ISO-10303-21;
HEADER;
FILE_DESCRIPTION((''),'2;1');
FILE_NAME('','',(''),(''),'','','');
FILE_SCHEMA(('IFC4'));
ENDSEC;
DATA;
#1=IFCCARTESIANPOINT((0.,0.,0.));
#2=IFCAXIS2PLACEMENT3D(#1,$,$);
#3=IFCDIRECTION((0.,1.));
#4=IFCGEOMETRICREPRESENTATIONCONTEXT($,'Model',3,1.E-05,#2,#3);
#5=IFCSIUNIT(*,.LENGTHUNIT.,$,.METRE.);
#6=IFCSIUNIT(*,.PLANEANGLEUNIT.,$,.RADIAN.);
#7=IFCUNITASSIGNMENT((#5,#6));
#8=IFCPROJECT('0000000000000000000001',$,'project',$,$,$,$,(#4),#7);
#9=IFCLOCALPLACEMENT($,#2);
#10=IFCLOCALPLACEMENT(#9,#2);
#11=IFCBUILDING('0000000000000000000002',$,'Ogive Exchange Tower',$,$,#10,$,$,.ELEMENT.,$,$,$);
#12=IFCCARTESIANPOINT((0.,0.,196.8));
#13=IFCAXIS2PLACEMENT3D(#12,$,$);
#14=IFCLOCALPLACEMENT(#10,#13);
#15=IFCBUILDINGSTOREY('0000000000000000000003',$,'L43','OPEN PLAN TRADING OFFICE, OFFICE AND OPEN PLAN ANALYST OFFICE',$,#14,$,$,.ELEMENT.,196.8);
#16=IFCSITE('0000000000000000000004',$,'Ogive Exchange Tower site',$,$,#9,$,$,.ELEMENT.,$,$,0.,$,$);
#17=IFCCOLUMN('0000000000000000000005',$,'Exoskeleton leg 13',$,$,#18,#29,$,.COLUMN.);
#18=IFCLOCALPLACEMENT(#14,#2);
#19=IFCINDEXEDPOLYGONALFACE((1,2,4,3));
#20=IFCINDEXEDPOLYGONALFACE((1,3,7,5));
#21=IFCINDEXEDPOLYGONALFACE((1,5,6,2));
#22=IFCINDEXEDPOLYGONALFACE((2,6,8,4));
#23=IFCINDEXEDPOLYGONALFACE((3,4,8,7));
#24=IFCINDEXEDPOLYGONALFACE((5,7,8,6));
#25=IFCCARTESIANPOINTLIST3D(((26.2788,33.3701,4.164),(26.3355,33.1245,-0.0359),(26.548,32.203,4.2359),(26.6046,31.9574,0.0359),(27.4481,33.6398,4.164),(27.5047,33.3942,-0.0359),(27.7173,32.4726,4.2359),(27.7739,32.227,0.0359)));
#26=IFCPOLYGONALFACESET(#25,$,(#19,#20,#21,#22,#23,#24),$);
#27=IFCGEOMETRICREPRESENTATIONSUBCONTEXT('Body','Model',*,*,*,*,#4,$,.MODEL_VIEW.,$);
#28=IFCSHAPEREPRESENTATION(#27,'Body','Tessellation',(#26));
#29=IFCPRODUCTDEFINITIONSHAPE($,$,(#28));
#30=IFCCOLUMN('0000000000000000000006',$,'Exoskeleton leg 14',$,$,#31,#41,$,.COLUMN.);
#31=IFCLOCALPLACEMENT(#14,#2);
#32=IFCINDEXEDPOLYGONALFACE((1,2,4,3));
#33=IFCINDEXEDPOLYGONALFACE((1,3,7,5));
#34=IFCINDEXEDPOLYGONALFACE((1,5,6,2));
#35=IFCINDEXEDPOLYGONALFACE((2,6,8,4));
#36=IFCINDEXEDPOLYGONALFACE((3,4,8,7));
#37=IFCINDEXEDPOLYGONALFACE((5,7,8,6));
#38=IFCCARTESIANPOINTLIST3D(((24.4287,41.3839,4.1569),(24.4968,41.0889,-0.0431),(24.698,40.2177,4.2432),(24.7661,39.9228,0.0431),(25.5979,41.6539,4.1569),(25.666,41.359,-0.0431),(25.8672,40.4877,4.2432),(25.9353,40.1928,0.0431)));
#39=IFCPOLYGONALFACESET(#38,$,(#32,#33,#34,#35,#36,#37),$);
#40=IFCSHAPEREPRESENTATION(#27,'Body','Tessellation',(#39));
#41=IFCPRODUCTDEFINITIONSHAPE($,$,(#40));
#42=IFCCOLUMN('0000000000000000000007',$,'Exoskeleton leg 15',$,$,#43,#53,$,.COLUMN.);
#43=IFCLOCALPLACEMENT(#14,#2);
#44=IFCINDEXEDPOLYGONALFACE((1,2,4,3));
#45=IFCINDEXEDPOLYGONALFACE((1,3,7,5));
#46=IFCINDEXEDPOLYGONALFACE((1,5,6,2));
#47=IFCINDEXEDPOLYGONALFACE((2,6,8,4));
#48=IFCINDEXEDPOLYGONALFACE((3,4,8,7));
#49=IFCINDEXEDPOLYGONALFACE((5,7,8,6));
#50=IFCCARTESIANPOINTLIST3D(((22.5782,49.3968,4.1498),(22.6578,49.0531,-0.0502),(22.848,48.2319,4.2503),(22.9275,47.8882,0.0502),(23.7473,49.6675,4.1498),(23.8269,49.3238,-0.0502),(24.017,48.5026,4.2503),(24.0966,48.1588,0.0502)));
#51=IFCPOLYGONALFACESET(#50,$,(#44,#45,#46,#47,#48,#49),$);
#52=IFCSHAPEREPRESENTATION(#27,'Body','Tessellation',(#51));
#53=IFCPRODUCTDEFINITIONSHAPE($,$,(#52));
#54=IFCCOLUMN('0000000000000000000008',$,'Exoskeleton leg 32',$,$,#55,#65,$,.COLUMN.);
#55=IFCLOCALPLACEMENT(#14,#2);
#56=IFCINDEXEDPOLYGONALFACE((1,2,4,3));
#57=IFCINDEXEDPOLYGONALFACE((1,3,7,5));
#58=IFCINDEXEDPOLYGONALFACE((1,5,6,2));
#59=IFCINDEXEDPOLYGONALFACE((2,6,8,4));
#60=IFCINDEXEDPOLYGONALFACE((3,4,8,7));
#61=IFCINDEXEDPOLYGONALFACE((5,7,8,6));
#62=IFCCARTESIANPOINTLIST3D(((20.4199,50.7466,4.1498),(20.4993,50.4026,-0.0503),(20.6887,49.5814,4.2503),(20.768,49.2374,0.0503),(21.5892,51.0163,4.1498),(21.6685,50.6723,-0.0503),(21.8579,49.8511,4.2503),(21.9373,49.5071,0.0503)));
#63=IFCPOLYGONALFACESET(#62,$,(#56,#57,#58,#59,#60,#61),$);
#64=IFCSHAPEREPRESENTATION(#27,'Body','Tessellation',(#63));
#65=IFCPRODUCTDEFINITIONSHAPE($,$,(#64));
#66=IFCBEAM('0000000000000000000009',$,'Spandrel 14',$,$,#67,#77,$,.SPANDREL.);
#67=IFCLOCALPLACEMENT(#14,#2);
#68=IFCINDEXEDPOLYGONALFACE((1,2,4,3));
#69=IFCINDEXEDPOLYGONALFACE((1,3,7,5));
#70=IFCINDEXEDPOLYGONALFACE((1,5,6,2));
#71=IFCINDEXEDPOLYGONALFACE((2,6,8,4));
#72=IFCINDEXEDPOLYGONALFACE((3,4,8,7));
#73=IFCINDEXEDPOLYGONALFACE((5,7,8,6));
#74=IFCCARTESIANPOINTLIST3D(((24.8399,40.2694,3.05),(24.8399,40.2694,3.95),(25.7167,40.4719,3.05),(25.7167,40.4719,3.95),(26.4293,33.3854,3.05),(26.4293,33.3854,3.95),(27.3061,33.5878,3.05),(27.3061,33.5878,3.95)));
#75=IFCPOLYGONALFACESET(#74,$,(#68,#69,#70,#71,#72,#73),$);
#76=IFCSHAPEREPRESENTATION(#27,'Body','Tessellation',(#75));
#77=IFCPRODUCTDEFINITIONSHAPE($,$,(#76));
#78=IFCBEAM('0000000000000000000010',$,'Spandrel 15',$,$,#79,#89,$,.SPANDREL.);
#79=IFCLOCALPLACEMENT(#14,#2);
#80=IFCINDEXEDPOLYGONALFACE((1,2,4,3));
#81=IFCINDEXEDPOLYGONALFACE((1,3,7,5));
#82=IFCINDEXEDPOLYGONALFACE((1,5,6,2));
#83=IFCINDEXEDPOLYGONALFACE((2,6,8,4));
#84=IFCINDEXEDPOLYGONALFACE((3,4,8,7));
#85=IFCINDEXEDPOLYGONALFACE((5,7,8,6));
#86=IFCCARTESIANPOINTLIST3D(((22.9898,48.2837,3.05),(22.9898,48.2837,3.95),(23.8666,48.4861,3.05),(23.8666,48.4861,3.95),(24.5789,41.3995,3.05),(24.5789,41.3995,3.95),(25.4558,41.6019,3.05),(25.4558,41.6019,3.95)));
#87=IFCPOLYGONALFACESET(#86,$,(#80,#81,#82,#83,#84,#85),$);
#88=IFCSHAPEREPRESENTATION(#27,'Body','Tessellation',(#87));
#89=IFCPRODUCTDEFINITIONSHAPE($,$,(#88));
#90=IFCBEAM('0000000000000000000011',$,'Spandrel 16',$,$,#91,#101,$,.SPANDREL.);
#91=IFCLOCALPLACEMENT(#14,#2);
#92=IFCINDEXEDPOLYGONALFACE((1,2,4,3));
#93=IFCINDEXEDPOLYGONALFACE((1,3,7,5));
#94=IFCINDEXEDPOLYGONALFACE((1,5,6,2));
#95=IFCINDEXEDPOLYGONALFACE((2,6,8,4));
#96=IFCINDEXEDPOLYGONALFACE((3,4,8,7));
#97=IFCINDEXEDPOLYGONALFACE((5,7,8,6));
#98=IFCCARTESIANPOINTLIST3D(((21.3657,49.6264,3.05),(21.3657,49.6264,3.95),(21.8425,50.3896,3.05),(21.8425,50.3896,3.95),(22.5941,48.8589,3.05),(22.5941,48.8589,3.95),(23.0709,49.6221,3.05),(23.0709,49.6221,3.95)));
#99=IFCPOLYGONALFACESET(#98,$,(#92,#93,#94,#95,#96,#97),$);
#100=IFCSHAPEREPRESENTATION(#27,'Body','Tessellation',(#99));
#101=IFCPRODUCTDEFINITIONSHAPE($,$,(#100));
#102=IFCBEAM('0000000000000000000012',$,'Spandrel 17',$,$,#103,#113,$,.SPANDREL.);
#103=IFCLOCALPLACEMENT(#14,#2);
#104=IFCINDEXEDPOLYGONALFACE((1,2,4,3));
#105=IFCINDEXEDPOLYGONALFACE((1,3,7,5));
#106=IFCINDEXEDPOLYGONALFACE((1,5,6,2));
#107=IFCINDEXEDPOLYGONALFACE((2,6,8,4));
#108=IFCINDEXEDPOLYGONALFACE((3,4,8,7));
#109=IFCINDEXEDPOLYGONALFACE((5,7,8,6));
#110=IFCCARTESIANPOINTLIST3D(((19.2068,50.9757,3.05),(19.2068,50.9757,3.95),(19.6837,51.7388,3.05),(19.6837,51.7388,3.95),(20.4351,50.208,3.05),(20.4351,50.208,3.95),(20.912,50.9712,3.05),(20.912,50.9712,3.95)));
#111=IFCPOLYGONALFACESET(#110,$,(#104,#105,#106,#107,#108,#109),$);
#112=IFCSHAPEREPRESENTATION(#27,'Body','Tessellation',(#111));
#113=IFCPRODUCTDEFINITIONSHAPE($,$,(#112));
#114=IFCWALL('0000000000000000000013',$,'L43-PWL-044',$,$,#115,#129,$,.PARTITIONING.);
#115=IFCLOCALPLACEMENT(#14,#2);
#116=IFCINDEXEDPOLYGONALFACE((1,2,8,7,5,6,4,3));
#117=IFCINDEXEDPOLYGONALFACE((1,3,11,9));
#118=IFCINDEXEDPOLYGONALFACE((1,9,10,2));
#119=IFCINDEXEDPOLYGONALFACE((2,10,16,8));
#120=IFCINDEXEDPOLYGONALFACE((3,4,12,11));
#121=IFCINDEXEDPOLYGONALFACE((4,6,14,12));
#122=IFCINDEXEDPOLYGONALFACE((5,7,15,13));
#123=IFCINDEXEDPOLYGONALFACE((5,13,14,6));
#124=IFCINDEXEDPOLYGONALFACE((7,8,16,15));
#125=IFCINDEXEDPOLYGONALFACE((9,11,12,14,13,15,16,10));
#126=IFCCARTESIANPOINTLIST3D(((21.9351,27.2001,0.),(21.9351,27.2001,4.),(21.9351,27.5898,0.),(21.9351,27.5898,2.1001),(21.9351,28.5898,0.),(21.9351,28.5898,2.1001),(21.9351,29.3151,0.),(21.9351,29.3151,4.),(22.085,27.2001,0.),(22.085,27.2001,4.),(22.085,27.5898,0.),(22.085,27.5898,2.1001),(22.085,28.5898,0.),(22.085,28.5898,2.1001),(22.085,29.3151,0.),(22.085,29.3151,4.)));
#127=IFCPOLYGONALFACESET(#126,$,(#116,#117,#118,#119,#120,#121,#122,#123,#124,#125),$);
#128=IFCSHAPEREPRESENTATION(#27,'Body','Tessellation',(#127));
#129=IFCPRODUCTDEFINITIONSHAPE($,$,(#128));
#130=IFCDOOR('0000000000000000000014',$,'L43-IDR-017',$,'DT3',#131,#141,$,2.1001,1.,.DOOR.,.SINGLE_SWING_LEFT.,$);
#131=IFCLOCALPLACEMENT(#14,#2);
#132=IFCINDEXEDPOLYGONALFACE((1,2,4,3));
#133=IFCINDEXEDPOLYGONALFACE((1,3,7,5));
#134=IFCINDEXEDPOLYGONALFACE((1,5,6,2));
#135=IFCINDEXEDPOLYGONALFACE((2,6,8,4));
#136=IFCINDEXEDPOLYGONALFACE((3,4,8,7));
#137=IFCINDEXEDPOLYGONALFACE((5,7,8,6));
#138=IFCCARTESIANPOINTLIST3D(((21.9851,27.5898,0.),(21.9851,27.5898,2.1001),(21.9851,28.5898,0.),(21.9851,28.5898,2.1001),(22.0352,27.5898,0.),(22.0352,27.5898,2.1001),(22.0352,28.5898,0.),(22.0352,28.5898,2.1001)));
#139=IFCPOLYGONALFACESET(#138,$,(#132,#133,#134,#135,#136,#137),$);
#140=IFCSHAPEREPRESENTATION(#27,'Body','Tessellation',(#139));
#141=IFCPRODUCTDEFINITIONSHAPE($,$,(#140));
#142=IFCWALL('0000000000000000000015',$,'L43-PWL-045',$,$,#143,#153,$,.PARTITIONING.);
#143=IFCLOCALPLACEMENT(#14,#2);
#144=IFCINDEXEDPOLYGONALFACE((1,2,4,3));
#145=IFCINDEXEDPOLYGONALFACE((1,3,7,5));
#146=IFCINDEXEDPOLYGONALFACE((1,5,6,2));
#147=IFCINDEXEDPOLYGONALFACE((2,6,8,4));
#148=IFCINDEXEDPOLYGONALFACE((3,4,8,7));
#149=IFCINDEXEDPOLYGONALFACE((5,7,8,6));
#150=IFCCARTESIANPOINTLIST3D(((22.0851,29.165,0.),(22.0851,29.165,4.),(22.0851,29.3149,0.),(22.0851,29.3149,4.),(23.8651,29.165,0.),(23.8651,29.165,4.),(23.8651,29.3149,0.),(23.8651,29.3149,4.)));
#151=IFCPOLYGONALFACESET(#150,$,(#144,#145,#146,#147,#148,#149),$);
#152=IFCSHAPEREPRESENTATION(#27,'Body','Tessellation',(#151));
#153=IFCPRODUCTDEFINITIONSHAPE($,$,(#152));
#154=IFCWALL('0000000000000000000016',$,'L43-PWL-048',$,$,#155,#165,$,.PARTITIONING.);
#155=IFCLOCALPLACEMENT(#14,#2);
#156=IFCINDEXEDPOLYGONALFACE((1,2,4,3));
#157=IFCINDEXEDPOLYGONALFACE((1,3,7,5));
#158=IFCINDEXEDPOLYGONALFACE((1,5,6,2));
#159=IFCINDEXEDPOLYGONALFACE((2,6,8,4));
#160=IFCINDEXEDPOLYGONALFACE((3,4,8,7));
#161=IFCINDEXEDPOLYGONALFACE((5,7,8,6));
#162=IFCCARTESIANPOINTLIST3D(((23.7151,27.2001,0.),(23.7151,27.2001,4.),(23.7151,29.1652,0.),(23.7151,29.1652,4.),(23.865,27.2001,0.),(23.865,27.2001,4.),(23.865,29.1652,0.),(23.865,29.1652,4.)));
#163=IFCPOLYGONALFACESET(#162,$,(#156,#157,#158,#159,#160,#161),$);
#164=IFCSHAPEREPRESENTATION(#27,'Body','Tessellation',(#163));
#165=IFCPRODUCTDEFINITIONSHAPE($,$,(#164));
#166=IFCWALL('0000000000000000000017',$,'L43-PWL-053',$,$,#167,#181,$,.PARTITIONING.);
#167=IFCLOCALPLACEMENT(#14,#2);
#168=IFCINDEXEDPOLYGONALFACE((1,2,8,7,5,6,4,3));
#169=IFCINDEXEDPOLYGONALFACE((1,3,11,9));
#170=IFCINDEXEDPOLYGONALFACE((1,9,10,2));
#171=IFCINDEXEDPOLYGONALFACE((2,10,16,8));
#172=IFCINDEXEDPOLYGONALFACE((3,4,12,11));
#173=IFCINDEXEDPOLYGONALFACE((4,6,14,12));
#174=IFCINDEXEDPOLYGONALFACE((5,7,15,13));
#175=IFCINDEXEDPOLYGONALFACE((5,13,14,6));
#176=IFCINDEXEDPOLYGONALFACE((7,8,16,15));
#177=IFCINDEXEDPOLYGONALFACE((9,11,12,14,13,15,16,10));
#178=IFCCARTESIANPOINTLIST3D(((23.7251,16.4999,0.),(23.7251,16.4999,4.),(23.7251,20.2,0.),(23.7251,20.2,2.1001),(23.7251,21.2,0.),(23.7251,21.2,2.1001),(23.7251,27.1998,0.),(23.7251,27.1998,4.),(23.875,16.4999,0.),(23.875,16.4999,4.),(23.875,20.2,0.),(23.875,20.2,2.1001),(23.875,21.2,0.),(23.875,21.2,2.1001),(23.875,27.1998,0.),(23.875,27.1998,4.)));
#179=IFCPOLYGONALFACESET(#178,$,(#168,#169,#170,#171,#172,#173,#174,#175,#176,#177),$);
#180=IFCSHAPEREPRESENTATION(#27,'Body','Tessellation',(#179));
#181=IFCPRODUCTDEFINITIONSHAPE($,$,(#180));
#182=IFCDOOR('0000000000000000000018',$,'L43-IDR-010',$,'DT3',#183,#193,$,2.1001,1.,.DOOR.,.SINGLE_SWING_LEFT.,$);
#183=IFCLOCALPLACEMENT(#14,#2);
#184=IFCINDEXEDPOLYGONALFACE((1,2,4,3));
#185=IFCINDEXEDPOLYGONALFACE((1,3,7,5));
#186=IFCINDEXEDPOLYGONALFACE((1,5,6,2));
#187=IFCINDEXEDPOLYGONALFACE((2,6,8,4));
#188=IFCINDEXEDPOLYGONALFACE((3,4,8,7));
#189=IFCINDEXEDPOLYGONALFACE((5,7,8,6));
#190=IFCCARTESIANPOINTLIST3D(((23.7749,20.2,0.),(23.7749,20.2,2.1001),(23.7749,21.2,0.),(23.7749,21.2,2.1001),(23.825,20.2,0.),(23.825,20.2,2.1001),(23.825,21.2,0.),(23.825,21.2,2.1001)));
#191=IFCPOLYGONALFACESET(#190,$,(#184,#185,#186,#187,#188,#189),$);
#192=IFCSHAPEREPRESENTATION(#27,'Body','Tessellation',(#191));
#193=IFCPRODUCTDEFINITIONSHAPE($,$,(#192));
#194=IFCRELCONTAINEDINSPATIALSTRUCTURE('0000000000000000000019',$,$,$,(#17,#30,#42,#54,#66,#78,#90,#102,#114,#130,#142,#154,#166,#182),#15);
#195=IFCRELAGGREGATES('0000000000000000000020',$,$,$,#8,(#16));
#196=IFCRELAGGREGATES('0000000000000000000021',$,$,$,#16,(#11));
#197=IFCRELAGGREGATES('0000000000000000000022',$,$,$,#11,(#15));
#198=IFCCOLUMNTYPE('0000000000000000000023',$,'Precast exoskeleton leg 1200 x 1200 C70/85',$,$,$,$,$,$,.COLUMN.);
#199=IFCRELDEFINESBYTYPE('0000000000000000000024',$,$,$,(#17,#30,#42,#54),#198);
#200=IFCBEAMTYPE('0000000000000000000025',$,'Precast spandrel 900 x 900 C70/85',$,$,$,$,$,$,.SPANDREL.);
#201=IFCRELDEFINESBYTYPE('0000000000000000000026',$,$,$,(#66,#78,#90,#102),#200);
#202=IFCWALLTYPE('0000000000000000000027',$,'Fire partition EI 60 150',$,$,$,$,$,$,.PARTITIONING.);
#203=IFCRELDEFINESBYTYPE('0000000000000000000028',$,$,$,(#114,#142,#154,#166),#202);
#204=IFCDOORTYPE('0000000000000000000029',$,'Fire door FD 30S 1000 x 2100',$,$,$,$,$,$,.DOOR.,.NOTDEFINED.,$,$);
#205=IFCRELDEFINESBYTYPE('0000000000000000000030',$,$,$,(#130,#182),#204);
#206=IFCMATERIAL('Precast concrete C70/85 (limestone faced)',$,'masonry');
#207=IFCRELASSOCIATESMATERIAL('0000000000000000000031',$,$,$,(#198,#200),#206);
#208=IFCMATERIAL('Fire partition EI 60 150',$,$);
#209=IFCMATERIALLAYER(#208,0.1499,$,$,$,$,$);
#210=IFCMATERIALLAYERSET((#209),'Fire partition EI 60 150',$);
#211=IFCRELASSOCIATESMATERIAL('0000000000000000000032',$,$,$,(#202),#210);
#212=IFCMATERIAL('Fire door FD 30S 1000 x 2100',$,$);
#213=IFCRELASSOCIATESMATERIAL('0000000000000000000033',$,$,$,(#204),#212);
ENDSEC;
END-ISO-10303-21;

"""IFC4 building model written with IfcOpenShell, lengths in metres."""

from ifc_helpers import new_model, si_unit, direction, frame, frame_2d, origin, origin_2d, place, context, subcontext, project, spatial, rectangle, extrude, material, layer, layer_set, material_profile, profile_set, type_object, element, fill, save


model = new_model("IFC4")

# Units and contexts
model_context = context("Model", 3, precision=1e-05, world=origin(), true_north=direction((0.0, 1.0)))
body_context = subcontext(model_context, "Body", "Model", "MODEL_VIEW")
ifc_project = project(units=[si_unit("LENGTHUNIT", "METRE"), si_unit("PLANEANGLEUNIT", "RADIAN")], contexts=[model_context])

# Site, building, storey
site_placement = place(None, origin())
site = spatial("IfcSite", under=ifc_project, at=site_placement, Name="Ogive Exchange Tower site", CompositionType="ELEMENT", RefElevation=0.0)
building_placement = place(site_placement, origin())
building = spatial("IfcBuilding", under=site, at=building_placement, Name="Ogive Exchange Tower", CompositionType="ELEMENT")
storey_placement = place(building_placement, frame((0.0, 0.0, 196.8)))
storey = spatial("IfcBuildingStorey", under=building, at=storey_placement, Name="L43", Description="OPEN PLAN TRADING OFFICE, OFFICE AND OPEN PLAN ANALYST OFFICE", CompositionType="ELEMENT", Elevation=196.8)

# Columns
ifc_material_1 = material(Name="Precast concrete C70/85 (limestone faced)", Category="masonry")
ifc_material_profile_1 = material_profile(ifc_material_1, rectangle(XDim=1.2, YDim=1.2, at=origin_2d()), Name="1200 x 1200")
ifc_profile_set_1 = profile_set([ifc_material_profile_1], Name="Precast concrete C70/85 (limestone faced)")
column_type = type_object("IfcColumnType", Name="Precast exoskeleton leg 1200 x 1200 C70/85", PredefinedType="COLUMN", material=ifc_profile_set_1)
column_1_placement = place(storey_placement, frame((27.0547, 32.6758, 0.0), z_axis=(-0.013462, 0.058373, 0.998204), x_axis=(-0.974424, -0.224718, 0.0)))
element("IfcColumn", 1, at=column_1_placement, inside=storey, type_object=column_type, Name="Exoskeleton leg 13", PredefinedType="COLUMN", context=body_context, shape_type="SweptSolid", body=[
    extrude(rectangle(XDim=1.2, YDim=1.2, at=origin_2d()), origin(), (0.0, 0.0, 1.0), 4.2075),
])
column_2_placement = place(storey_placement, frame((25.2161, 40.6409, 0.0), z_axis=(-0.016176, 0.070039, 0.997413), x_axis=(-0.97435, -0.225036, 0.0)))
element("IfcColumn", 2, at=column_2_placement, inside=storey, type_object=column_type, Name="Exoskeleton leg 14", PredefinedType="COLUMN", context=body_context, shape_type="SweptSolid", body=[
    extrude(rectangle(XDim=1.2, YDim=1.2, at=origin_2d()), origin(), (0.0, 0.0, 1.0), 4.2109),
])
for number, where, z_axis, x_axis, name in (
    (3, (23.3772, 48.606, 0.0), (-0.018884, 0.081559, 0.99649), (-0.974228, -0.225567, 0.0), "Exoskeleton leg 15"),
    (4, (21.2183, 49.9548, 0.0), (-0.018826, 0.081617, 0.996486), (-0.974415, -0.224758, 0.0), "Exoskeleton leg 32"),
):
    element("IfcColumn", number, at=place(storey_placement, frame(where, z_axis=z_axis, x_axis=x_axis)), inside=storey, type_object=column_type, Name=name, PredefinedType="COLUMN", context=body_context, shape_type="SweptSolid", body=[
        extrude(rectangle(XDim=1.2, YDim=1.2, at=origin_2d()), origin(), (0.0, 0.0, 1.0), 4.2148),
    ])

# Beams
ifc_material_profile_2 = material_profile(ifc_material_1, rectangle(XDim=0.8999, YDim=0.8999, at=origin_2d()), Name="900 x 900")
ifc_profile_set_2 = profile_set([ifc_material_profile_2], Name="Precast concrete C70/85 (limestone faced)")
beam_type = type_object("IfcBeamType", Name="Precast spandrel 900 x 900 C70/85", PredefinedType="SPANDREL", material=ifc_profile_set_2)
for number, where, z_axis, x_axis, name in (
    (5, (26.8677, 33.4866, 3.5), (-0.224958, 0.974368, 0.0), (-0.974368, -0.224958, 0.0), "Spandrel 14"),
    (6, (25.0173, 41.5007, 3.5), (-0.224925, 0.974376, 0.0), (-0.974376, -0.224925, 0.0), "Spandrel 15"),
):
    element("IfcBeam", number, at=place(storey_placement, frame(where, z_axis=z_axis, x_axis=x_axis)), inside=storey, type_object=beam_type, Name=name, PredefinedType="SPANDREL", context=body_context, shape_type="SweptSolid", body=[
        extrude(rectangle(XDim=0.8999, YDim=0.8999, at=origin_2d()), origin(), (0.0, 0.0, 1.0), 7.0652),
    ])
for number, where, z_axis, x_axis, name in (
    (7, (22.8325, 49.2405, 3.5), (-0.848074, 0.529878, 0.0), (-0.529878, -0.848074, 0.0), "Spandrel 16"),
    (8, (20.6736, 50.5896, 3.5), (-0.848027, 0.529953, 0.0), (-0.529953, -0.848027, 0.0), "Spandrel 17"),
):
    element("IfcBeam", number, at=place(storey_placement, frame(where, z_axis=z_axis, x_axis=x_axis)), inside=storey, type_object=beam_type, Name=name, PredefinedType="SPANDREL", context=body_context, shape_type="SweptSolid", body=[
        extrude(rectangle(XDim=0.8999, YDim=0.8999, at=origin_2d()), origin(), (0.0, 0.0, 1.0), 1.4485),
    ])

# Wall, opening, door
ifc_material_2 = material(Name="Fire partition EI 60 150")
ifc_layer_1 = layer(ifc_material_2, 0.1499)
ifc_layer_set_1 = layer_set([ifc_layer_1], Name="Fire partition EI 60 150")
wall_type_1 = type_object("IfcWallType", Name="Fire partition EI 60 150", PredefinedType="PARTITIONING", material=ifc_layer_set_1)
wall_1_placement = place(storey_placement, frame((22.01, 27.2, 0.0), z_axis=(0.0, 0.0, 1.0), x_axis=(0.0, 1.0, 0.0)))
wall_1 = element("IfcWall", 9, at=wall_1_placement, inside=storey, type_object=wall_type_1, Name="L43-PWL-044", PredefinedType="PARTITIONING", context=body_context, shape_type="SweptSolid", body=[
    extrude(rectangle(XDim=2.115, YDim=0.1499, at=frame_2d((1.0576, 0.0))), origin(), (0.0, 0.0, 1.0), 4.0),
])
opening_1_placement = place(wall_1_placement, frame((0.3899, 0.0, 0.0)))
opening_1 = element("IfcOpeningElement", 10, at=opening_1_placement, cuts=wall_1, PredefinedType="OPENING", context=body_context, shape_type="SweptSolid", body=[
    extrude(rectangle(XDim=1.0, YDim=2.1001, at=frame_2d((0.5, 1.05))), frame((0.0, 0.085, 0.0), z_axis=(0.0, -1.0, 0.0), x_axis=(1.0, 0.0, 0.0)), (0.0, 0.0, 1.0), 0.1699),
])
ifc_material_3 = material(Name="Fire door FD 30S 1000 x 2100")
door_type = type_object("IfcDoorType", Name="Fire door FD 30S 1000 x 2100", OperationType="NOTDEFINED", PredefinedType="DOOR", material=ifc_material_3)
door_1_placement = place(opening_1_placement, origin())
door_1 = element("IfcDoor", 11, at=door_1_placement, inside=storey, type_object=door_type, Name="L43-IDR-017", ObjectType="DT3", OperationType="SINGLE_SWING_LEFT", OverallHeight=2.1001, OverallWidth=1.0, PredefinedType="DOOR", context=body_context, shape_type="SweptSolid", body=[
    extrude(rectangle(XDim=1.0, YDim=2.1001, at=frame_2d((0.5, 1.05))), frame((0.0, 0.0249, 0.0), z_axis=(0.0, -1.0, 0.0), x_axis=(1.0, 0.0, 0.0)), (0.0, 0.0, 1.0), 0.05),
])
fill(opening_1, door_1)

# Walls
wall_2_placement = place(storey_placement, frame((22.085, 29.24, 0.0), z_axis=(0.0, 0.0, 1.0), x_axis=(1.0, 0.0, 0.0)))
element("IfcWall", 12, at=wall_2_placement, inside=storey, type_object=wall_type_1, Name="L43-PWL-045", PredefinedType="PARTITIONING", context=body_context, shape_type="SweptSolid", body=[
    extrude(rectangle(XDim=1.78, YDim=0.1499, at=frame_2d((0.8901, 0.0))), origin(), (0.0, 0.0, 1.0), 4.0),
])
wall_3_placement = place(storey_placement, frame((23.79, 29.165, 0.0), z_axis=(0.0, 0.0, 1.0), x_axis=(0.0, -1.0, 0.0)))
element("IfcWall", 13, at=wall_3_placement, inside=storey, type_object=wall_type_1, Name="L43-PWL-048", PredefinedType="PARTITIONING", context=body_context, shape_type="SweptSolid", body=[
    extrude(rectangle(XDim=1.9651, YDim=0.1499, at=frame_2d((0.9824, 0.0))), origin(), (0.0, 0.0, 1.0), 4.0),
])

# Wall, opening, door
wall_4_placement = place(storey_placement, frame((23.8, 27.2, 0.0), z_axis=(0.0, 0.0, 1.0), x_axis=(0.0, -1.0, 0.0)))
wall_4 = element("IfcWall", 14, at=wall_4_placement, inside=storey, type_object=wall_type_1, Name="L43-PWL-053", PredefinedType="PARTITIONING", context=body_context, shape_type="SweptSolid", body=[
    extrude(rectangle(XDim=10.7, YDim=0.1499, at=frame_2d((5.3501, 0.0))), origin(), (0.0, 0.0, 1.0), 4.0),
])
opening_2_placement = place(wall_4_placement, frame((6.0, 0.0, 0.0)))
opening_2 = element("IfcOpeningElement", 15, at=opening_2_placement, cuts=wall_4, PredefinedType="OPENING", context=body_context, shape_type="SweptSolid", body=[
    extrude(rectangle(XDim=1.0, YDim=2.1001, at=frame_2d((0.5, 1.05))), frame((0.0, 0.085, 0.0), z_axis=(0.0, -1.0, 0.0), x_axis=(1.0, 0.0, 0.0)), (0.0, 0.0, 1.0), 0.1699),
])
door_2_placement = place(opening_2_placement, origin())
door_2 = element("IfcDoor", 16, at=door_2_placement, inside=storey, type_object=door_type, Name="L43-IDR-010", ObjectType="DT3", OperationType="SINGLE_SWING_LEFT", OverallHeight=2.1001, OverallWidth=1.0, PredefinedType="DOOR", context=body_context, shape_type="SweptSolid", body=[
    extrude(rectangle(XDim=1.0, YDim=2.1001, at=frame_2d((0.5, 1.05))), frame((0.0, 0.0249, 0.0), z_axis=(0.0, -1.0, 0.0), x_axis=(1.0, 0.0, 0.0)), (0.0, 0.0, 1.0), 0.05),
])
fill(opening_2, door_2)

save(model, "model.ifc")
